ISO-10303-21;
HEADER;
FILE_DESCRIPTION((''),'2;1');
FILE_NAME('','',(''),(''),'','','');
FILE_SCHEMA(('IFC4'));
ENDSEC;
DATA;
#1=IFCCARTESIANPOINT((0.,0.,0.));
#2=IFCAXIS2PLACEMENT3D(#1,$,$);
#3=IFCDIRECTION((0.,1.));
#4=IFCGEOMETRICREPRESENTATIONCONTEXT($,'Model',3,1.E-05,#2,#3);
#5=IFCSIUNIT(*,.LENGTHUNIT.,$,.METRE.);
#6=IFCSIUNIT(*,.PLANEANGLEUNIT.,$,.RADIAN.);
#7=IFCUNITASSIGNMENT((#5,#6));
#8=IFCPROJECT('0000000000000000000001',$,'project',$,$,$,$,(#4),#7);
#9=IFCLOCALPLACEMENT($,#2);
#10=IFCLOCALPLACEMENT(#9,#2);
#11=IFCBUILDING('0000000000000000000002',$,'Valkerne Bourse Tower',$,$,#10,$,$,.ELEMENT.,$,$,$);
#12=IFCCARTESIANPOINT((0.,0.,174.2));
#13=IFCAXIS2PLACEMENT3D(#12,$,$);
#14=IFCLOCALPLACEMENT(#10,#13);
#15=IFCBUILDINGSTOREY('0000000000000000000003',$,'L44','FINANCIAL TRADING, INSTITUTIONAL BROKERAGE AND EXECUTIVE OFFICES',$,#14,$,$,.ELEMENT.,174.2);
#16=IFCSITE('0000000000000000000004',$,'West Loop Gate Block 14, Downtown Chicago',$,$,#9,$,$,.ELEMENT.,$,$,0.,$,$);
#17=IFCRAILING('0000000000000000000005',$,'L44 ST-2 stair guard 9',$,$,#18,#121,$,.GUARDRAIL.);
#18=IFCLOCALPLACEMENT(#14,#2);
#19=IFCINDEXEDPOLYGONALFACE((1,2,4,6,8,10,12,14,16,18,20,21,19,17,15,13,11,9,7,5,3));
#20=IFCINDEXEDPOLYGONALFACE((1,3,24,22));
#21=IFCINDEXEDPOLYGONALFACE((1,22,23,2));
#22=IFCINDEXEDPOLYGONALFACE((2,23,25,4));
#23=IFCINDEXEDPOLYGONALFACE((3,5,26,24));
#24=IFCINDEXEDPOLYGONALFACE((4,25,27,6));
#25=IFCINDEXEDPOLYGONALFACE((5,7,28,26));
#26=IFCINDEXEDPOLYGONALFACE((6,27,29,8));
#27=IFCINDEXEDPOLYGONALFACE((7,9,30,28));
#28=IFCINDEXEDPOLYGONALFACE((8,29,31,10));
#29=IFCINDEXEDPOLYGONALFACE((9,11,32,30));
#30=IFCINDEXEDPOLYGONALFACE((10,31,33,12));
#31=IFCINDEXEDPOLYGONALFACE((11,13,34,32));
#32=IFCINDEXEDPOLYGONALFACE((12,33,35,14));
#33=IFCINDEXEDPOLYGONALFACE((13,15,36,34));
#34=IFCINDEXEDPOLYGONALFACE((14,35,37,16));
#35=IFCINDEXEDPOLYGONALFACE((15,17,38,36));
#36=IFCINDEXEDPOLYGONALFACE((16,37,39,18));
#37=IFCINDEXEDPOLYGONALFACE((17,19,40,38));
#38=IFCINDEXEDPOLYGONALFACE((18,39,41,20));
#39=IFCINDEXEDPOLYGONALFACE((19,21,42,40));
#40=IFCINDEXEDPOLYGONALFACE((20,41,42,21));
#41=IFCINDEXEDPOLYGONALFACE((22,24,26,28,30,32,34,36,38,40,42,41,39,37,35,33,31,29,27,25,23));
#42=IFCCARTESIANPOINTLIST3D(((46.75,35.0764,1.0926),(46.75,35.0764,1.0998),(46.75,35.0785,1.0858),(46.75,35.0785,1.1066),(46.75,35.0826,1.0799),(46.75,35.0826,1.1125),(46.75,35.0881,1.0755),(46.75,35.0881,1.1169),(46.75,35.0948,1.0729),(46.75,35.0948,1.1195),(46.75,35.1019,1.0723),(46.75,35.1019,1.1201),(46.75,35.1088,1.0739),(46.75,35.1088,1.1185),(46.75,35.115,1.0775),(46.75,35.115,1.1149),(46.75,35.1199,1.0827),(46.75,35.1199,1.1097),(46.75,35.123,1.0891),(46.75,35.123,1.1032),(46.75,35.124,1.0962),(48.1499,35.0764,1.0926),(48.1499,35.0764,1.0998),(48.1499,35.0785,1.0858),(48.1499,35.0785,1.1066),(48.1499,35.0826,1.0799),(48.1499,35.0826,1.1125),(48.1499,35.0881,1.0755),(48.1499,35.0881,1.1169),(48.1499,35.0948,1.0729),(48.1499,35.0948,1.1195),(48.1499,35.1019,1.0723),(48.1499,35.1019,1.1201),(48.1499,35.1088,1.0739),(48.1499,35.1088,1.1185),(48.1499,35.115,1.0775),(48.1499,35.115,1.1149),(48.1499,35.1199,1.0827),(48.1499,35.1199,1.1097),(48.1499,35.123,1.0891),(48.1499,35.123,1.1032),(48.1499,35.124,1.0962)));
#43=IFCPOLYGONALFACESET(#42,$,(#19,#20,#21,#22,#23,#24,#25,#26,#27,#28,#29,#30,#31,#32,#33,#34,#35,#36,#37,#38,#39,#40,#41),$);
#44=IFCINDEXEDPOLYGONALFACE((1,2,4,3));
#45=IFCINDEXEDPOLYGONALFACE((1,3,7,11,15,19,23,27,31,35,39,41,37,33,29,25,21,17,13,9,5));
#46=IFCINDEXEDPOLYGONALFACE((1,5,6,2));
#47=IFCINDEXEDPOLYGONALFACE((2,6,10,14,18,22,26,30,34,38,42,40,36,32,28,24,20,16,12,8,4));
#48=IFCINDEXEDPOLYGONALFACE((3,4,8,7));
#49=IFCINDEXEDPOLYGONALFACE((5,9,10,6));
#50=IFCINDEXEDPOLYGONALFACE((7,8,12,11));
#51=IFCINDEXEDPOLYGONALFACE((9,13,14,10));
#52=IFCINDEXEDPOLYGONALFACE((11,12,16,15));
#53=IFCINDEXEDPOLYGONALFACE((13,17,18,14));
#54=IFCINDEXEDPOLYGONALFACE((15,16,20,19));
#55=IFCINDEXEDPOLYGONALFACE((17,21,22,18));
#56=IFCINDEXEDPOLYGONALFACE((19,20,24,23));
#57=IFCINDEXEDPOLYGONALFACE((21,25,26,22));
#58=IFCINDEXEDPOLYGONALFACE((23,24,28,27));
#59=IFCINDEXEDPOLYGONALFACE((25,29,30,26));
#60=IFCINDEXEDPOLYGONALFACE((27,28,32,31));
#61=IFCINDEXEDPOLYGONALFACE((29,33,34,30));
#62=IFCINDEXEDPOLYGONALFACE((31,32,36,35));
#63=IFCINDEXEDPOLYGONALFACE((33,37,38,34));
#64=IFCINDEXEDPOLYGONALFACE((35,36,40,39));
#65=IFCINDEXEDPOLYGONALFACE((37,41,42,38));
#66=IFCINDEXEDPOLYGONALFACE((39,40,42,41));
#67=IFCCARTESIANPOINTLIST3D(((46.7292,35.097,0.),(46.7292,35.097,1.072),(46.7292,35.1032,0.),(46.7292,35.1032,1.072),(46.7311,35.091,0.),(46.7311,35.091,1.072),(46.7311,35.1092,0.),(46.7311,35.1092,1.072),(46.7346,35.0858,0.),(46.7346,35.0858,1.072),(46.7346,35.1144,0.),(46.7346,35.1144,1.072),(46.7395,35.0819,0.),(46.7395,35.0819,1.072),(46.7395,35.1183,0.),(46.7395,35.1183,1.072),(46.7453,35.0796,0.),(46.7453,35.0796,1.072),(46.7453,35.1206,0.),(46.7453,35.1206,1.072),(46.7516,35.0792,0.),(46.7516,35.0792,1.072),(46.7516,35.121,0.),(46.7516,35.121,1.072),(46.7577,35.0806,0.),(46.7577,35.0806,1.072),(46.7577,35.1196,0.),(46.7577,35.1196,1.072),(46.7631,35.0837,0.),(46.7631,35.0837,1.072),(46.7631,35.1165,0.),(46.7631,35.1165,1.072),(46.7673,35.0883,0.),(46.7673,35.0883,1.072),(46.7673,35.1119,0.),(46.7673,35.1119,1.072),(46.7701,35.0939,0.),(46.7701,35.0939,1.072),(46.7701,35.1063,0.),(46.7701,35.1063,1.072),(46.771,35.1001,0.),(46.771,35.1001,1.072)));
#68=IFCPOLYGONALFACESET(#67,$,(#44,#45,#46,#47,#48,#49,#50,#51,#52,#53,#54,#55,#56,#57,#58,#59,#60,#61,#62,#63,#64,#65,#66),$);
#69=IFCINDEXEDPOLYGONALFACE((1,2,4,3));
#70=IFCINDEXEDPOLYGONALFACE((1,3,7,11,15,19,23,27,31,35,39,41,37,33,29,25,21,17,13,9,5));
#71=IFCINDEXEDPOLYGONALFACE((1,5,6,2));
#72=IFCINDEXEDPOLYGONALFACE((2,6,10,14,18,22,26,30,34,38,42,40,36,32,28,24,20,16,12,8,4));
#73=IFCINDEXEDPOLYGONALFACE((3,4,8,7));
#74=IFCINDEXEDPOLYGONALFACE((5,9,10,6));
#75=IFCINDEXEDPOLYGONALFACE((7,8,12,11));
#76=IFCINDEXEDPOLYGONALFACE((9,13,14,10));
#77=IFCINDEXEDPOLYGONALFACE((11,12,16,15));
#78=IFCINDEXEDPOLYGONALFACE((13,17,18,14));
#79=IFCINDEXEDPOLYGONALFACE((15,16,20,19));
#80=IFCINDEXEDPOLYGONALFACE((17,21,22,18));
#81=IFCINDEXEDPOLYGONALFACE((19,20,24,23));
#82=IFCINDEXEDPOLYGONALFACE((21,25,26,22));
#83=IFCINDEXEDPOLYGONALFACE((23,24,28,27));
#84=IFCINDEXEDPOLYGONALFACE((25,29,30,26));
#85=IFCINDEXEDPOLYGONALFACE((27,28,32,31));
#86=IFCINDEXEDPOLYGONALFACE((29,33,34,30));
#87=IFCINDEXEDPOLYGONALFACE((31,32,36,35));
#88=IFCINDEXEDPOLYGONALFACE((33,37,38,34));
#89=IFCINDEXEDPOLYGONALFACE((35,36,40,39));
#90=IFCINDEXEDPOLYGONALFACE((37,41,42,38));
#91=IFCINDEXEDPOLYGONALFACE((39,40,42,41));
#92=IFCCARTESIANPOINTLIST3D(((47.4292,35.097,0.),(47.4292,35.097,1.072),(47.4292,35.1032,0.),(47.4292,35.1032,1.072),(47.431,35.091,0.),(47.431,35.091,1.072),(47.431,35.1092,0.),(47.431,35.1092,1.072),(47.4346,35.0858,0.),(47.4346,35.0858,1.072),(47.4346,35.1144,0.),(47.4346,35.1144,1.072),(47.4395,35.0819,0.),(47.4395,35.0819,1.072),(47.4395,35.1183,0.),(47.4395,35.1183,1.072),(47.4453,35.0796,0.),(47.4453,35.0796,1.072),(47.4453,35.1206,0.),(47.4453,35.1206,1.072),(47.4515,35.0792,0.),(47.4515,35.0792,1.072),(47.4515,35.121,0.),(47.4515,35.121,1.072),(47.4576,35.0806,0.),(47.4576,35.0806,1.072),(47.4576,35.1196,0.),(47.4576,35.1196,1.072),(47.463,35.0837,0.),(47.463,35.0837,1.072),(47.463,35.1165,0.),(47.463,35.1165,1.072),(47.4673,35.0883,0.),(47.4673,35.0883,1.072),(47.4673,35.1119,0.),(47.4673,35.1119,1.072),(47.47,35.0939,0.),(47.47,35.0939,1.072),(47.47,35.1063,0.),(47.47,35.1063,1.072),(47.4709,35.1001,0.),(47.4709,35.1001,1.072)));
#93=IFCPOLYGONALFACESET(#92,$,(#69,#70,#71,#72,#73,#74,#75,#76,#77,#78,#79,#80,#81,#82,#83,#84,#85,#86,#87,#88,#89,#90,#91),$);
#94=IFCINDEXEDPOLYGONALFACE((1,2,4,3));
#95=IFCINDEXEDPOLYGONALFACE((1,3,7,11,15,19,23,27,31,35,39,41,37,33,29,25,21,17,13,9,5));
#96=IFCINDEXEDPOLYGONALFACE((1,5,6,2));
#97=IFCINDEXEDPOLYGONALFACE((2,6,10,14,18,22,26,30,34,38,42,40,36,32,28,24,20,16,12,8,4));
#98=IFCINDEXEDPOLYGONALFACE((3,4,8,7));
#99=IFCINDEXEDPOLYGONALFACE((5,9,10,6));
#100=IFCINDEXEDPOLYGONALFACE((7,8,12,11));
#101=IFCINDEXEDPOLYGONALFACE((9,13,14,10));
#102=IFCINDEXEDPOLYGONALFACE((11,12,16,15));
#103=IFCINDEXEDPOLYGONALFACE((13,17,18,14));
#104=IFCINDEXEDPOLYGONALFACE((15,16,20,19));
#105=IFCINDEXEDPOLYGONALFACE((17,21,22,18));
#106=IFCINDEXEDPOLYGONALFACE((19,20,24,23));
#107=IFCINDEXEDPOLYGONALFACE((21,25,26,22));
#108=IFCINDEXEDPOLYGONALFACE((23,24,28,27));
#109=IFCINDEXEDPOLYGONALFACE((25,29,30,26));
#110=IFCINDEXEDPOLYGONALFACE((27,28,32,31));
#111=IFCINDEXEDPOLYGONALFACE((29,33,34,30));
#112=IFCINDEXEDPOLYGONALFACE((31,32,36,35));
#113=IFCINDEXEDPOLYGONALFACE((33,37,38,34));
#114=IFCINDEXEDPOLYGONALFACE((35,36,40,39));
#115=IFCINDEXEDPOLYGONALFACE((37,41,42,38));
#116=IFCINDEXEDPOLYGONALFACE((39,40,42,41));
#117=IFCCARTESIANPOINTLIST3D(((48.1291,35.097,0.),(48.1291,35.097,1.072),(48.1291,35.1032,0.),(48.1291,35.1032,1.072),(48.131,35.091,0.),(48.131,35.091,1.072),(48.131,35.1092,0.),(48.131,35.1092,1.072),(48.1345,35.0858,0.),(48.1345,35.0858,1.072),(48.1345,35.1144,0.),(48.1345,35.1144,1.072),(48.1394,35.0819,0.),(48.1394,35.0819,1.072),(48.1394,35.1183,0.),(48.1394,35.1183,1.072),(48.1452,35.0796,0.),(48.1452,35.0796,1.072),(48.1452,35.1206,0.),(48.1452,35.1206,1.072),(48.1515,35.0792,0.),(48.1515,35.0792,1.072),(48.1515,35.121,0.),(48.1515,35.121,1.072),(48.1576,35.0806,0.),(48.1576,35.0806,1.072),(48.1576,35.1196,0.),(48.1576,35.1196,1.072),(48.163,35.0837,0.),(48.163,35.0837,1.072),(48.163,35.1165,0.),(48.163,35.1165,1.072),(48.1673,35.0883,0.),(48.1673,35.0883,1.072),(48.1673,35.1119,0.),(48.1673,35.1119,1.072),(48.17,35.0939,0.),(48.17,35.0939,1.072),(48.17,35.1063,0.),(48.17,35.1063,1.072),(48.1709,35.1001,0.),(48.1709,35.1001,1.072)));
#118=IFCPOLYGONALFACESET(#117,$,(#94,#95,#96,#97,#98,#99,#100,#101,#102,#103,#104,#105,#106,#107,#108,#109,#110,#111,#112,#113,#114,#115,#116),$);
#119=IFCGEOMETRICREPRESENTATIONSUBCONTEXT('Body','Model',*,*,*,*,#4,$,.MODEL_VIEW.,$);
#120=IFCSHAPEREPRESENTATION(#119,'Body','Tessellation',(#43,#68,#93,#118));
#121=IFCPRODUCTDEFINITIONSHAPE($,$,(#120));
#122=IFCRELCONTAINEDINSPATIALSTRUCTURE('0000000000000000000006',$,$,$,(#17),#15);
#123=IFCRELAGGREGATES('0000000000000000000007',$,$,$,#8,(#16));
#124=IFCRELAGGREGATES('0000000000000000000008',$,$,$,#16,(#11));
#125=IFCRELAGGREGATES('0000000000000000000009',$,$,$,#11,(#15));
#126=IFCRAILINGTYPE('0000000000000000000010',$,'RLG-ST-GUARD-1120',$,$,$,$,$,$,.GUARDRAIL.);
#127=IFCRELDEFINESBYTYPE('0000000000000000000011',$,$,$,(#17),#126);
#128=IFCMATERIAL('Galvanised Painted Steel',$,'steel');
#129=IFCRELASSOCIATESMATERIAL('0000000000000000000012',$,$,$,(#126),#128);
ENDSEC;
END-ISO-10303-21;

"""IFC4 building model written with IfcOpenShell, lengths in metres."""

from ifc_helpers import new_model, si_unit, direction, frame, origin, origin_2d, place, context, subcontext, project, spatial, circle, extrude, material, type_object, element, save


model = new_model("IFC4")

# Units and contexts
model_context = context("Model", 3, precision=1e-05, world=origin(), true_north=direction((0.0, 1.0)))
body_context = subcontext(model_context, "Body", "Model", "MODEL_VIEW")
ifc_project = project(units=[si_unit("LENGTHUNIT", "METRE"), si_unit("PLANEANGLEUNIT", "RADIAN")], contexts=[model_context])

# Site, building, storey
site_placement = place(None, origin())
site = spatial("IfcSite", under=ifc_project, at=site_placement, Name="West Loop Gate Block 14, Downtown Chicago", CompositionType="ELEMENT", RefElevation=0.0)
building_placement = place(site_placement, origin())
building = spatial("IfcBuilding", under=site, at=building_placement, Name="Valkerne Bourse Tower", CompositionType="ELEMENT")
storey_placement = place(building_placement, frame((0.0, 0.0, 174.2)))
storey = spatial("IfcBuildingStorey", under=building, at=storey_placement, Name="L44", Description="FINANCIAL TRADING, INSTITUTIONAL BROKERAGE AND EXECUTIVE OFFICES", CompositionType="ELEMENT", Elevation=174.2)

# Shared definitions
ifc_material_1 = material(Name="Galvanised Painted Steel", Category="steel")

# Railing
railing_type_1 = type_object("IfcRailingType", Name="RLG-ST-GUARD-1120", PredefinedType="GUARDRAIL", material=ifc_material_1)
for number, where, name in (
    (1, (46.75, 35.1001, 0.0), "L44 ST-2 stair guard 9"),
):
    element("IfcRailing", number, at=place(storey_placement, frame(where)), inside=storey, type_object=railing_type_1, Name=name, PredefinedType="GUARDRAIL", context=body_context, shape_type="SweptSolid", body=[
        extrude(circle(Radius=0.0239, at=origin_2d()), frame((0.0, 0.0, 1.0962), z_axis=(1.0, 0.0, 0.0), x_axis=(0.0, 1.0, 0.0)), (0.0, 0.0, 1.0), 1.3999),
        extrude(circle(Radius=0.021, at=origin_2d()), origin(), (0.0, 0.0, 1.0), 1.072),
        extrude(circle(Radius=0.021, at=origin_2d()), frame((0.7, 0.0, 0.0)), (0.0, 0.0, 1.0), 1.072),
        extrude(circle(Radius=0.021, at=origin_2d()), frame((1.3999, 0.0, 0.0)), (0.0, 0.0, 1.0), 1.072),
    ])

save(model, "model.ifc")
